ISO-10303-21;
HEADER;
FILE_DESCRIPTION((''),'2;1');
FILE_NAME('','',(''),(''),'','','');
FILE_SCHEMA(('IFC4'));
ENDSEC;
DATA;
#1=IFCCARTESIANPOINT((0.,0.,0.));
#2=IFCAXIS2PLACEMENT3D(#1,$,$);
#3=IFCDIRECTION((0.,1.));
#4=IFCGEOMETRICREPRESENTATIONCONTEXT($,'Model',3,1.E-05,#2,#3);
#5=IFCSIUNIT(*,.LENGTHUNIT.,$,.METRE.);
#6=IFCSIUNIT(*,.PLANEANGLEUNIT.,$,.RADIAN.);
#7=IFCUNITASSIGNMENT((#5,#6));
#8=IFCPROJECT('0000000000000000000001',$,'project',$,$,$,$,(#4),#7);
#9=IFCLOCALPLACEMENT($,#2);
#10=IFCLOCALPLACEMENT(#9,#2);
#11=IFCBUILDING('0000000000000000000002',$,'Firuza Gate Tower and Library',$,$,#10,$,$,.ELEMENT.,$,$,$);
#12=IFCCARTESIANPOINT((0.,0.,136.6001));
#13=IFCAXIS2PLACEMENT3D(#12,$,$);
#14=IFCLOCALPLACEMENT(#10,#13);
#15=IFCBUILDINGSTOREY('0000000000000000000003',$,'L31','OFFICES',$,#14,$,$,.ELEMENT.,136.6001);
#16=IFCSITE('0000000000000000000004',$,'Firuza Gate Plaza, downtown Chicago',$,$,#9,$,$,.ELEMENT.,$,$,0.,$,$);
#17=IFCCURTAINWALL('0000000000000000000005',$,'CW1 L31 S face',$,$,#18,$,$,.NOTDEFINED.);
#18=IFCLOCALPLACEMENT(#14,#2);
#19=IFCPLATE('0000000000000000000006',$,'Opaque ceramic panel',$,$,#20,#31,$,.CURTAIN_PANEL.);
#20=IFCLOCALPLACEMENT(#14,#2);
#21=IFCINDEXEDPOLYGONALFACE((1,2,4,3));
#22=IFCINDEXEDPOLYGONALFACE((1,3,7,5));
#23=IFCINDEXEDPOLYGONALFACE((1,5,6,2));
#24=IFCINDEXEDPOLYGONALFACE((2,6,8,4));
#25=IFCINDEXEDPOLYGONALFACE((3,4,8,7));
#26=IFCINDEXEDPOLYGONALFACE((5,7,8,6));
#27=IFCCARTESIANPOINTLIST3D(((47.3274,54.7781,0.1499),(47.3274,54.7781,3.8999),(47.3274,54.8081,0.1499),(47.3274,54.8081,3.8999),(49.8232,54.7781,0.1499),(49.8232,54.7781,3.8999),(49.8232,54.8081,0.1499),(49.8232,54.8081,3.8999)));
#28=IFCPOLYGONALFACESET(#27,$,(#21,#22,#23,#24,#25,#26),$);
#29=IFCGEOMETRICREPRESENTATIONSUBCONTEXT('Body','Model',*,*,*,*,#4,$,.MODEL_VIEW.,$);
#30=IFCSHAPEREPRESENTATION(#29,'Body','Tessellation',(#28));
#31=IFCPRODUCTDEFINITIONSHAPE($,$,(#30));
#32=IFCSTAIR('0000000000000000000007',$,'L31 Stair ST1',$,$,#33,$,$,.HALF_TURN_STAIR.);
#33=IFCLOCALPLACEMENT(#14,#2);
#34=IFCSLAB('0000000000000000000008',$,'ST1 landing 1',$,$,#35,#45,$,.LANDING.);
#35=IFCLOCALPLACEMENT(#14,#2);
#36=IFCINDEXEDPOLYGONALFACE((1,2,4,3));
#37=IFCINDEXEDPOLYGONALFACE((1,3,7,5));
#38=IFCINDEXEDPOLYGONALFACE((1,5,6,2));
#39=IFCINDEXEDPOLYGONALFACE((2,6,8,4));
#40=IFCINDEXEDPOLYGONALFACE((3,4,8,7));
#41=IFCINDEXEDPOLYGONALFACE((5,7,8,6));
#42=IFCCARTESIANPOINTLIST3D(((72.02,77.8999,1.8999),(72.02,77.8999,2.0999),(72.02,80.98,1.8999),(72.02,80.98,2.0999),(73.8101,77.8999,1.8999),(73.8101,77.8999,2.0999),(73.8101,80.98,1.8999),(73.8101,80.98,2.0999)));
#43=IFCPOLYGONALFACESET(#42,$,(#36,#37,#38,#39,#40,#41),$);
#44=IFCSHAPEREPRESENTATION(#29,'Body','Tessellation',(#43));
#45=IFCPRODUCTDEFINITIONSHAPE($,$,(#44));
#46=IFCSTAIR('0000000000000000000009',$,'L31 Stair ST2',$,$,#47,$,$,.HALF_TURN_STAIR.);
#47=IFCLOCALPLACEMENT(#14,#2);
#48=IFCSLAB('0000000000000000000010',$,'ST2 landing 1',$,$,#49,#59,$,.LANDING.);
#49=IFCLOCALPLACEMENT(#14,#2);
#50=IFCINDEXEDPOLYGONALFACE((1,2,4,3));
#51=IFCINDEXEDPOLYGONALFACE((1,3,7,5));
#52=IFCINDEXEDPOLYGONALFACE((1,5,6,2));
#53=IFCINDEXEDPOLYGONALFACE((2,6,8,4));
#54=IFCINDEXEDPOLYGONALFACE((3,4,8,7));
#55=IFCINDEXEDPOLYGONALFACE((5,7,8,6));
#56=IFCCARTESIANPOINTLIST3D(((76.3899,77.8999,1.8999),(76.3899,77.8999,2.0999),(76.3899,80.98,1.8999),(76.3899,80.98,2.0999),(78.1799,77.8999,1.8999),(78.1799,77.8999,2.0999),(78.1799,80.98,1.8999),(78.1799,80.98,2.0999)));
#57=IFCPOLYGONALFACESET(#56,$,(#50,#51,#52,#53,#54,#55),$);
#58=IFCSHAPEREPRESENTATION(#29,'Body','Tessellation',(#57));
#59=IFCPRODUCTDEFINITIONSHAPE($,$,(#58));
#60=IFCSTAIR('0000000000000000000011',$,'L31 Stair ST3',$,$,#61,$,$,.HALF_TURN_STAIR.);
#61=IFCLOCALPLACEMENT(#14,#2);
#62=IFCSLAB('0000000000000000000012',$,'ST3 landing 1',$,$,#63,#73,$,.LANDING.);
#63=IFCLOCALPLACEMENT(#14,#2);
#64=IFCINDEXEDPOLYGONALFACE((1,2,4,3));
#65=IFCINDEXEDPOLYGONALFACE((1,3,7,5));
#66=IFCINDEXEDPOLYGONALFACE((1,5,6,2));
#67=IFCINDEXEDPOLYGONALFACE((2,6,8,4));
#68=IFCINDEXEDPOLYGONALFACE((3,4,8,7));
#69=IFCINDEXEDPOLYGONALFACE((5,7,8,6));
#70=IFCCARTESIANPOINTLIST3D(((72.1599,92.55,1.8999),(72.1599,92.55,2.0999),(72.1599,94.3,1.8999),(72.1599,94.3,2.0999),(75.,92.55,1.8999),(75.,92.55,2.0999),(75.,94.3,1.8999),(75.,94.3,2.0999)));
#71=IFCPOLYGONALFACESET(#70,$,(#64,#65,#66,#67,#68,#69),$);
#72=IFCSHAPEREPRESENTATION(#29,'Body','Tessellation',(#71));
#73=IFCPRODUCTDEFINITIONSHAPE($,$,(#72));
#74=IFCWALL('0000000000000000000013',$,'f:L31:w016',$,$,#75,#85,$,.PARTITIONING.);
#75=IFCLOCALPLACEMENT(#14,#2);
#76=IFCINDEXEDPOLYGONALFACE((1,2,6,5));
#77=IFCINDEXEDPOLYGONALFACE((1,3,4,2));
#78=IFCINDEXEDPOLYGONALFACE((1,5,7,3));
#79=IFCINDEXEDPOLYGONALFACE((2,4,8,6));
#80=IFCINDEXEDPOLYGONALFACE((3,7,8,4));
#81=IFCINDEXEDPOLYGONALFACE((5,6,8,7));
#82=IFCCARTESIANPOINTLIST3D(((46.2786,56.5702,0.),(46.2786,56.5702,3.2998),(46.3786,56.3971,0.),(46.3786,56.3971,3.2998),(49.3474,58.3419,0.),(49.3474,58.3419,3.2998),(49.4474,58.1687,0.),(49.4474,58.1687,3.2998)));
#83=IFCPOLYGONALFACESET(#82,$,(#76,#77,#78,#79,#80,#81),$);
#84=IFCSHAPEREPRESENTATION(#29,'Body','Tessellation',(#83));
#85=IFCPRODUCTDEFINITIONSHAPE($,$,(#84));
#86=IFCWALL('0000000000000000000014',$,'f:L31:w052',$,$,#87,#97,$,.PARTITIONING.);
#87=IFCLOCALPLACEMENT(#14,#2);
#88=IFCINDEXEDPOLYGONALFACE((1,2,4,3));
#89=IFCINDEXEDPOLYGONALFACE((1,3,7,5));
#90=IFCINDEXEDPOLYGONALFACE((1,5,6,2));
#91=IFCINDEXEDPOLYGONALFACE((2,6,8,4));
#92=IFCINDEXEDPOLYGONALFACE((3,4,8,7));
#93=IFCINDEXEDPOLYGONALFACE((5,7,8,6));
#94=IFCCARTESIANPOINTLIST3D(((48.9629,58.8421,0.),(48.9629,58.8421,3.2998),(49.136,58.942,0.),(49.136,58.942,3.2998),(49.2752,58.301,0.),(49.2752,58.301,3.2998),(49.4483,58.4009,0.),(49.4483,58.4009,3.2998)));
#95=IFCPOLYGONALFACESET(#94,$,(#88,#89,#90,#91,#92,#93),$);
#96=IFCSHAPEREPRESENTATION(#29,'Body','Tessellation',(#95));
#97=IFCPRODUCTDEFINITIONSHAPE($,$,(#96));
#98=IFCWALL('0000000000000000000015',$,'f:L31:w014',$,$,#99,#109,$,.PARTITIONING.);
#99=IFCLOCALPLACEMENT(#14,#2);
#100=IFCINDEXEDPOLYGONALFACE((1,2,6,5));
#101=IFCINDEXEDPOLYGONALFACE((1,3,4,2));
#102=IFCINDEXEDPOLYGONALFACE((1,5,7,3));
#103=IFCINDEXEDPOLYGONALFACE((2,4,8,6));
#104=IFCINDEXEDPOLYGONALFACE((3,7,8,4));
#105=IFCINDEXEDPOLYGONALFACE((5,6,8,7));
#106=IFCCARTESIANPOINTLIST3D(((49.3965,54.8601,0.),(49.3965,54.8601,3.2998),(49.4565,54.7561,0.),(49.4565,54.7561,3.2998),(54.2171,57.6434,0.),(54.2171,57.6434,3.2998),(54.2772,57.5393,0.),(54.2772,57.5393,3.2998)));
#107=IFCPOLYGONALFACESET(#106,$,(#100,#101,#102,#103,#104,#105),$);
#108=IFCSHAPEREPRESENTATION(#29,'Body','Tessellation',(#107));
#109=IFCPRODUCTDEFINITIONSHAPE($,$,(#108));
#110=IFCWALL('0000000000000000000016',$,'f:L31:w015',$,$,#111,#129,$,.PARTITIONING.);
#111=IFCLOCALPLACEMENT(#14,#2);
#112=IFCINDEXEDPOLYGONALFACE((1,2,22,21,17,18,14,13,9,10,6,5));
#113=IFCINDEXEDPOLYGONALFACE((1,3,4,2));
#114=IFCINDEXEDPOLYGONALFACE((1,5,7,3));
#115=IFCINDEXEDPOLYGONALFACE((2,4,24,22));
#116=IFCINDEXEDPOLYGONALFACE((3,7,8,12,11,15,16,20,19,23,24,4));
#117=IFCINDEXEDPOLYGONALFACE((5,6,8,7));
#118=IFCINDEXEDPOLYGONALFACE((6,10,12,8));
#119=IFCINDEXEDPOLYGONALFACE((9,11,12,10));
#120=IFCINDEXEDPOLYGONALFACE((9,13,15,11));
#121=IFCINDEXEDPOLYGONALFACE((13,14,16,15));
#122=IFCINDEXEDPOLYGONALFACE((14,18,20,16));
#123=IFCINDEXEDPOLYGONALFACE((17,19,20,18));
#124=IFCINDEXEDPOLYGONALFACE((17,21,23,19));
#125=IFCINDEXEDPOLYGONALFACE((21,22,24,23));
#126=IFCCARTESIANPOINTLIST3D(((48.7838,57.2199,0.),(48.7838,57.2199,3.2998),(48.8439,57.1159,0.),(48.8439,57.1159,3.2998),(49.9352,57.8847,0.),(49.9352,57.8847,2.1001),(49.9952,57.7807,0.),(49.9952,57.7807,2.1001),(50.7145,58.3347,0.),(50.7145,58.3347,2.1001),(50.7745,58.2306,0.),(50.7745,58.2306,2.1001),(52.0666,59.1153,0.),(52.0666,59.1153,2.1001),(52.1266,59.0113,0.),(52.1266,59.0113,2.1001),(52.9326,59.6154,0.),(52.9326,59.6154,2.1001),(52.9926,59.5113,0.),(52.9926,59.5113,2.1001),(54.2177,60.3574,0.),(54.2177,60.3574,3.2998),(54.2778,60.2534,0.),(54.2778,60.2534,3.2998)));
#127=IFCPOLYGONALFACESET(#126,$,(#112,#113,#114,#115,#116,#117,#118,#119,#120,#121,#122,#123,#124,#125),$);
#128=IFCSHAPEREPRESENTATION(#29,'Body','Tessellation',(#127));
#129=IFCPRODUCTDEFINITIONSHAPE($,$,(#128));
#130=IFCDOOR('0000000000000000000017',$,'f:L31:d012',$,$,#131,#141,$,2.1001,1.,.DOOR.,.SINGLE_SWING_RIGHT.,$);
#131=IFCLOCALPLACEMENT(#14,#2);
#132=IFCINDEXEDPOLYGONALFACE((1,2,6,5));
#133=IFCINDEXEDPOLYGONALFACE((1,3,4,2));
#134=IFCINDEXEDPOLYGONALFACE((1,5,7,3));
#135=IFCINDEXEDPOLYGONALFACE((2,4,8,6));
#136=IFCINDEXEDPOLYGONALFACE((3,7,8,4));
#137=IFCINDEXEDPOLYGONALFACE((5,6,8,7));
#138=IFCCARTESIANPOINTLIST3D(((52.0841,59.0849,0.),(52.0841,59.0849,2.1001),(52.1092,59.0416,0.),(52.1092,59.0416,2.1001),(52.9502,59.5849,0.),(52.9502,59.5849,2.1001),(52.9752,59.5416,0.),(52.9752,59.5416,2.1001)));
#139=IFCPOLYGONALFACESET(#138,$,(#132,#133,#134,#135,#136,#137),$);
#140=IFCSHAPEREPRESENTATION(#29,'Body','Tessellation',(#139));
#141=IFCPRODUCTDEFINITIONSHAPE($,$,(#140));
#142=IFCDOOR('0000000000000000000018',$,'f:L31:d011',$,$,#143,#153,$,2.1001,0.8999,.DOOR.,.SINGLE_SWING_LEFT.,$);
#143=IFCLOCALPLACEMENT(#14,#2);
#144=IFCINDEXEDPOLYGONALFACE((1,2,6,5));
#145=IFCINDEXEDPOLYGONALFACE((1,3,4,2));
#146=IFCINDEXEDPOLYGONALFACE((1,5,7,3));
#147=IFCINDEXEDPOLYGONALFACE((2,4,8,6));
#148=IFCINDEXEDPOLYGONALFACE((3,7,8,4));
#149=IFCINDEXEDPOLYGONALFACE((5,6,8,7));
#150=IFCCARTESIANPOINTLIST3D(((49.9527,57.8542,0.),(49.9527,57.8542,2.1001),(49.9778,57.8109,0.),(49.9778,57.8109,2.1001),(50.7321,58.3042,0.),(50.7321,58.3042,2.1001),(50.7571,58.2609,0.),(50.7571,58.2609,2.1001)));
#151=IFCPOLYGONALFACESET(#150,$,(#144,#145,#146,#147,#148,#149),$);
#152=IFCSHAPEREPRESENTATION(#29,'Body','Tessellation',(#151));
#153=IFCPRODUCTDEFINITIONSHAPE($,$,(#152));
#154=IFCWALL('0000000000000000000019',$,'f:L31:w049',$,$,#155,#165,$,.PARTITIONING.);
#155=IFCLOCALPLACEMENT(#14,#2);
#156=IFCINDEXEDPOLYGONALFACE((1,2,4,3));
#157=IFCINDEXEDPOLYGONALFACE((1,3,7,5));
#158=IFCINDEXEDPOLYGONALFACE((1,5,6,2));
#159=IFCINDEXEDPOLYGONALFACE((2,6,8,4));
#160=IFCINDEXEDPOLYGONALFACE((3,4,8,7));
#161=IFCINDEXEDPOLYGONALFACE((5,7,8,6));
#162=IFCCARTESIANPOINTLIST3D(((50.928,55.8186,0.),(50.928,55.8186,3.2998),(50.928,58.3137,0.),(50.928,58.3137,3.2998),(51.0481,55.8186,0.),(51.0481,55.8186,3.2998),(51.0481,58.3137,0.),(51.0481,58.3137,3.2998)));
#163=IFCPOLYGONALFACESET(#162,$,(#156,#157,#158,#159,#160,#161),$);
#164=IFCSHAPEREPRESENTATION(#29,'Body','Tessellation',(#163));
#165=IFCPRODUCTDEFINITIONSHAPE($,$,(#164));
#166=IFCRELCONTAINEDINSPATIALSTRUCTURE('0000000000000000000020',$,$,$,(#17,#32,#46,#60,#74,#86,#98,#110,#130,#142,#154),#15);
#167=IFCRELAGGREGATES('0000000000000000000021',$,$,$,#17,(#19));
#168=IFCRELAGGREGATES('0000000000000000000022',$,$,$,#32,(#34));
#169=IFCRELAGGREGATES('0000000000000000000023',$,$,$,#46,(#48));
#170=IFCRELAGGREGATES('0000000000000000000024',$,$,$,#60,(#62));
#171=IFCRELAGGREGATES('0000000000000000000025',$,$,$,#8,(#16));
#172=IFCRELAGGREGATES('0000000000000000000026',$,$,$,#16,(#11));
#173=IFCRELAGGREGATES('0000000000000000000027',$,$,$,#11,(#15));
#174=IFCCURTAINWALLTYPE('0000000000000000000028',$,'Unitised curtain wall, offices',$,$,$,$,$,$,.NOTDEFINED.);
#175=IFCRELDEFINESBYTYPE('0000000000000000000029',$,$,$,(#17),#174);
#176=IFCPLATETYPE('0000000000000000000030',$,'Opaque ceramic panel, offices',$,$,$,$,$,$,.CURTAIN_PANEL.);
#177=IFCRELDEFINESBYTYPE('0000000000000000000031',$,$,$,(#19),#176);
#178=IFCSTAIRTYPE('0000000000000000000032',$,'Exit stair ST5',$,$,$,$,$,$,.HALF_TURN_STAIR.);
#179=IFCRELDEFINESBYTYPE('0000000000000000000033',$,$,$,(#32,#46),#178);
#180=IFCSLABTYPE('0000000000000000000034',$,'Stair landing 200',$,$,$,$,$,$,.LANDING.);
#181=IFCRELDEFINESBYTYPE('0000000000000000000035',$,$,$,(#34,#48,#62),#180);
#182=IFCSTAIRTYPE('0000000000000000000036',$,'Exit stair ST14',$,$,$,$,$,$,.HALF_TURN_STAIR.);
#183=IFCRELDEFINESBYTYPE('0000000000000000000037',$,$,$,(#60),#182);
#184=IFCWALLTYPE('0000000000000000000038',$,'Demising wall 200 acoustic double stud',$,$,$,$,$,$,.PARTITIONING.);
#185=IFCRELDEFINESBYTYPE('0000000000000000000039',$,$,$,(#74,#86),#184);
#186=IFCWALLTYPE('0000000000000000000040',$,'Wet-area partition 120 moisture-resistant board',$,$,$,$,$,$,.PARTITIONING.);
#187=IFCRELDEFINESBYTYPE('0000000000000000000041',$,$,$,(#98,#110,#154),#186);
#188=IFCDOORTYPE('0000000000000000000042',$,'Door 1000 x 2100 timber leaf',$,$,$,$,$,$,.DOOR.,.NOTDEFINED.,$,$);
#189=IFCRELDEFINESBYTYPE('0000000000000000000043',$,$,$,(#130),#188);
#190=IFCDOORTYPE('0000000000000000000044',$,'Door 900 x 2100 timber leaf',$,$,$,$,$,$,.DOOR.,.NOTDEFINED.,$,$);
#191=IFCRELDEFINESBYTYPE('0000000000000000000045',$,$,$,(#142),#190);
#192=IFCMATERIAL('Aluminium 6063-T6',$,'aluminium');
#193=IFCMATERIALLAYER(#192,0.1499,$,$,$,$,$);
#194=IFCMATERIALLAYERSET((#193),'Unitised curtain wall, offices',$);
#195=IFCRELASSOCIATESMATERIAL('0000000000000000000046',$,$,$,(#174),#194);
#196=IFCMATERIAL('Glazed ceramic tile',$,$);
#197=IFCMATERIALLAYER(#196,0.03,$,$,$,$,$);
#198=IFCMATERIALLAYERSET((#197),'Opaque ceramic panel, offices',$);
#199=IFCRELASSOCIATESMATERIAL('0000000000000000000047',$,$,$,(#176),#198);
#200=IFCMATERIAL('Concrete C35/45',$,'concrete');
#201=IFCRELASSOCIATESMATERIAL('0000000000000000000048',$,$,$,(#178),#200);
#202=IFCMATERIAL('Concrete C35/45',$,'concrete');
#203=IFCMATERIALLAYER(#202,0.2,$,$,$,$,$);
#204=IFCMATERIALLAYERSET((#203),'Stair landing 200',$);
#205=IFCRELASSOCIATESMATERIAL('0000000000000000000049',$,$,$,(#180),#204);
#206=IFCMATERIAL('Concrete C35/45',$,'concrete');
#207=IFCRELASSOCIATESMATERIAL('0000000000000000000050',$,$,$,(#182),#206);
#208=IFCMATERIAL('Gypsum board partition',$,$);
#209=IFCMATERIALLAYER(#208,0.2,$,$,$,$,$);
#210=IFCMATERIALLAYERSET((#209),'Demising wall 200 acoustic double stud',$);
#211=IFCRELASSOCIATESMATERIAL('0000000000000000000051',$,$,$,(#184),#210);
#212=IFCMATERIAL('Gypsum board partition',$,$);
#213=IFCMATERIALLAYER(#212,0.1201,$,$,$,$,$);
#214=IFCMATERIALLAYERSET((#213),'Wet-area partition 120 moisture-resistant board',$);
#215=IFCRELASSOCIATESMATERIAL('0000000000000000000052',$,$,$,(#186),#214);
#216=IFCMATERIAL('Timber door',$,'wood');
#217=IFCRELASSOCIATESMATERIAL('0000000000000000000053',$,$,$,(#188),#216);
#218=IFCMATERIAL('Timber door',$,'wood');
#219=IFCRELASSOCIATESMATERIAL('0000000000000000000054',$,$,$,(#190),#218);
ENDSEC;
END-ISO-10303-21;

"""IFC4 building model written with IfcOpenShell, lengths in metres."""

from ifc_helpers import new_model, si_unit, direction, frame, frame_2d, origin, place, context, subcontext, project, spatial, polyline, rectangle, outline, extrude, material, layer, layer_set, type_object, element, fill, aggregate, save


model = new_model("IFC4")

# Units and contexts
model_context = context("Model", 3, precision=1e-05, world=origin(), true_north=direction((0.0, 1.0)))
body_context = subcontext(model_context, "Body", "Model", "MODEL_VIEW")
ifc_project = project(units=[si_unit("LENGTHUNIT", "METRE"), si_unit("PLANEANGLEUNIT", "RADIAN")], contexts=[model_context])

# Site, building, storey
site_placement = place(None, origin())
site = spatial("IfcSite", under=ifc_project, at=site_placement, Name="Firuza Gate Plaza, downtown Chicago", CompositionType="ELEMENT", RefElevation=0.0)
building_placement = place(site_placement, origin())
building = spatial("IfcBuilding", under=site, at=building_placement, Name="Firuza Gate Tower and Library", CompositionType="ELEMENT")
storey_placement = place(building_placement, frame((0.0, 0.0, 136.6001)))
storey = spatial("IfcBuildingStorey", under=building, at=storey_placement, Name="L31", Description="OFFICES", CompositionType="ELEMENT", Elevation=136.6001)

# Curtain wall
ifc_material_1 = material(Name="Aluminium 6063-T6", Category="aluminium")
ifc_layer_1 = layer(ifc_material_1, 0.1499)
ifc_layer_set_1 = layer_set([ifc_layer_1], Name="Unitised curtain wall, offices")
curtain_wall_type_1 = type_object("IfcCurtainWallType", Name="Unitised curtain wall, offices", PredefinedType="NOTDEFINED", material=ifc_layer_set_1)
placement_1 = place(storey_placement, origin())
curtain_wall_1 = element("IfcCurtainWall", 1, at=placement_1, inside=storey, type_object=curtain_wall_type_1, Name="CW1 L31 S face", PredefinedType="NOTDEFINED")

# Plate
ifc_material_2 = material(Name="Glazed ceramic tile")
ifc_layer_2 = layer(ifc_material_2, 0.03)
ifc_layer_set_2 = layer_set([ifc_layer_2], Name="Opaque ceramic panel, offices")
plate_type_1 = type_object("IfcPlateType", Name="Opaque ceramic panel, offices", PredefinedType="CURTAIN_PANEL", material=ifc_layer_set_2)
plate_1_placement = place(storey_placement, frame((47.3274, 54.7781, 0.1499), z_axis=(0.0, -1.0, 0.0), x_axis=(1.0, 0.0, 0.0)))
plate_1 = element("IfcPlate", 2, at=plate_1_placement, type_object=plate_type_1, Name="Opaque ceramic panel", PredefinedType="CURTAIN_PANEL", context=body_context, shape_type="SweptSolid", body=[
    extrude(outline(polyline([(0.0, 0.0), (2.4958, 0.0), (2.4958, 3.75), (0.0, 3.75), (0.0, 0.0)])), origin(), (0.0, 0.0, -1.0), 0.03),
])
aggregate(curtain_wall_1, [plate_1])

# Stairs, slabs
ifc_material_3 = material(Name="Concrete C35/45", Category="concrete")
stair_type_1 = type_object("IfcStairType", Name="Exit stair ST5", PredefinedType="HALF_TURN_STAIR", material=ifc_material_3)
stair_1 = element("IfcStair", 3, at=placement_1, inside=storey, type_object=stair_type_1, Name="L31 Stair ST1", PredefinedType="HALF_TURN_STAIR")
ifc_material_4 = material(Name="Concrete C35/45", Category="concrete")
ifc_layer_3 = layer(ifc_material_4, 0.2)
ifc_layer_set_3 = layer_set([ifc_layer_3], Name="Stair landing 200")
slab_type_1 = type_object("IfcSlabType", Name="Stair landing 200", PredefinedType="LANDING", material=ifc_layer_set_3)
placement_2 = place(storey_placement, frame((0.0, 0.0, 1.8999)))
slab_1 = element("IfcSlab", 4, at=placement_2, type_object=slab_type_1, Name="ST1 landing 1", PredefinedType="LANDING", context=body_context, shape_type="SweptSolid", body=[
    extrude(outline(polyline([(72.02, 77.8999), (73.8101, 77.8999), (73.8101, 80.98), (72.02, 80.98), (72.02, 77.8999)])), origin(), (0.0, 0.0, 1.0), 0.2),
])
aggregate(stair_1, [slab_1])
stair_2 = element("IfcStair", 5, at=placement_1, inside=storey, type_object=stair_type_1, Name="L31 Stair ST2", PredefinedType="HALF_TURN_STAIR")
slab_2 = element("IfcSlab", 6, at=placement_2, type_object=slab_type_1, Name="ST2 landing 1", PredefinedType="LANDING", context=body_context, shape_type="SweptSolid", body=[
    extrude(outline(polyline([(78.1799, 80.98), (76.3899, 80.98), (76.3899, 77.8999), (78.1799, 77.8999), (78.1799, 80.98)])), origin(), (0.0, 0.0, 1.0), 0.2),
])
aggregate(stair_2, [slab_2])
ifc_material_5 = material(Name="Concrete C35/45", Category="concrete")
stair_type_2 = type_object("IfcStairType", Name="Exit stair ST14", PredefinedType="HALF_TURN_STAIR", material=ifc_material_5)
stair_3 = element("IfcStair", 7, at=placement_1, inside=storey, type_object=stair_type_2, Name="L31 Stair ST3", PredefinedType="HALF_TURN_STAIR")
slab_3 = element("IfcSlab", 8, at=placement_2, type_object=slab_type_1, Name="ST3 landing 1", PredefinedType="LANDING", context=body_context, shape_type="SweptSolid", body=[
    extrude(outline(polyline([(75.0, 92.55), (75.0, 94.3), (72.1599, 94.3), (72.1599, 92.55), (75.0, 92.55)])), origin(), (0.0, 0.0, 1.0), 0.2),
])
aggregate(stair_3, [slab_3])

# Walls
ifc_material_6 = material(Name="Gypsum board partition")
ifc_layer_4 = layer(ifc_material_6, 0.2)
ifc_layer_set_4 = layer_set([ifc_layer_4], Name="Demising wall 200 acoustic double stud")
wall_type_1 = type_object("IfcWallType", Name="Demising wall 200 acoustic double stud", PredefinedType="PARTITIONING", material=ifc_layer_set_4)
wall_1_placement = place(storey_placement, frame((46.3286, 56.4836, 0.0), z_axis=(0.0, 0.0, 1.0), x_axis=(0.866034, 0.499985, 0.0)))
element("IfcWall", 9, at=wall_1_placement, inside=storey, type_object=wall_type_1, Name="f:L31:w016", PredefinedType="PARTITIONING", context=body_context, shape_type="SweptSolid", body=[
    extrude(rectangle(XDim=3.5435, YDim=0.2, at=frame_2d((1.7717, 0.0))), origin(), (0.0, 0.0, 1.0), 3.2998),
])
wall_2_placement = place(storey_placement, frame((49.3618, 58.3508, 0.0), z_axis=(0.0, 0.0, 1.0), x_axis=(-0.49988, 0.866094, 0.0)))
element("IfcWall", 10, at=wall_2_placement, inside=storey, type_object=wall_type_1, Name="f:L31:w052", PredefinedType="PARTITIONING", context=body_context, shape_type="SweptSolid", body=[
    extrude(rectangle(XDim=0.6248, YDim=0.2, at=frame_2d((0.3125, 0.0))), origin(), (0.0, 0.0, 1.0), 3.2998),
])
ifc_material_7 = material(Name="Gypsum board partition")
ifc_layer_5 = layer(ifc_material_7, 0.1201)
ifc_layer_set_5 = layer_set([ifc_layer_5], Name="Wet-area partition 120 moisture-resistant board")
wall_type_2 = type_object("IfcWallType", Name="Wet-area partition 120 moisture-resistant board", PredefinedType="PARTITIONING", material=ifc_layer_set_5)
wall_3_placement = place(storey_placement, frame((49.4265, 54.8081, 0.0), z_axis=(0.0, 0.0, 1.0), x_axis=(0.866021, 0.500007, 0.0)))
element("IfcWall", 11, at=wall_3_placement, inside=storey, type_object=wall_type_2, Name="f:L31:w014", PredefinedType="PARTITIONING", context=body_context, shape_type="SweptSolid", body=[
    extrude(rectangle(XDim=5.5664, YDim=0.1201, at=frame_2d((2.7832, 0.0))), origin(), (0.0, 0.0, 1.0), 3.2998),
])

# Wall, openings, doors
wall_4_placement = place(storey_placement, frame((48.814, 57.168, 0.0), z_axis=(0.0, 0.0, 1.0), x_axis=(0.86601, 0.500027, 0.0)))
wall_4 = element("IfcWall", 12, at=wall_4_placement, inside=storey, type_object=wall_type_2, Name="f:L31:w015", PredefinedType="PARTITIONING", context=body_context, shape_type="SweptSolid", body=[
    extrude(rectangle(XDim=6.2747, YDim=0.1201, at=frame_2d((3.1372, 0.0))), origin(), (0.0, 0.0, 1.0), 3.2998),
])
opening_1_placement = place(wall_4_placement, frame((1.3293, 0.0, 0.0)))
opening_1 = element("IfcOpeningElement", 13, at=opening_1_placement, cuts=wall_4, PredefinedType="OPENING", context=body_context, shape_type="SweptSolid", body=[
    extrude(rectangle(XDim=0.8999, YDim=2.1001, at=frame_2d((0.45, 1.05))), frame((0.0, 0.0701, 0.0), z_axis=(0.0, -1.0, 0.0), x_axis=(1.0, 0.0, 0.0)), (0.0, 0.0, 1.0), 0.1401),
])
opening_2_placement = place(wall_4_placement, frame((3.7905, 0.0, 0.0)))
opening_2 = element("IfcOpeningElement", 14, at=opening_2_placement, cuts=wall_4, PredefinedType="OPENING", context=body_context, shape_type="SweptSolid", body=[
    extrude(rectangle(XDim=1.0, YDim=2.1001, at=frame_2d((0.5, 1.05))), frame((0.0, 0.0701, 0.0), z_axis=(0.0, -1.0, 0.0), x_axis=(1.0, 0.0, 0.0)), (0.0, 0.0, 1.0), 0.1401),
])
ifc_material_8 = material(Name="Timber door", Category="wood")
door_type_1 = type_object("IfcDoorType", Name="Door 1000 x 2100 timber leaf", OperationType="NOTDEFINED", PredefinedType="DOOR", material=ifc_material_8)
door_1_placement = place(opening_2_placement, origin())
door_1 = element("IfcDoor", 15, at=door_1_placement, inside=storey, type_object=door_type_1, Name="f:L31:d012", OperationType="SINGLE_SWING_RIGHT", OverallHeight=2.1001, OverallWidth=1.0, PredefinedType="DOOR", context=body_context, shape_type="SweptSolid", body=[
    extrude(rectangle(XDim=1.0, YDim=2.1001, at=frame_2d((0.5, 1.05))), frame((0.0, 0.0249, 0.0), z_axis=(0.0, -1.0, 0.0), x_axis=(1.0, 0.0, 0.0)), (0.0, 0.0, 1.0), 0.05),
])
fill(opening_2, door_1)
ifc_material_9 = material(Name="Timber door", Category="wood")
door_type_2 = type_object("IfcDoorType", Name="Door 900 x 2100 timber leaf", OperationType="NOTDEFINED", PredefinedType="DOOR", material=ifc_material_9)
door_2_placement = place(opening_1_placement, origin())
door_2 = element("IfcDoor", 16, at=door_2_placement, inside=storey, type_object=door_type_2, Name="f:L31:d011", OperationType="SINGLE_SWING_LEFT", OverallHeight=2.1001, OverallWidth=0.8999, PredefinedType="DOOR", context=body_context, shape_type="SweptSolid", body=[
    extrude(rectangle(XDim=0.8999, YDim=2.1001, at=frame_2d((0.45, 1.05))), frame((0.0, 0.0249, 0.0), z_axis=(0.0, -1.0, 0.0), x_axis=(1.0, 0.0, 0.0)), (0.0, 0.0, 1.0), 0.05),
])
fill(opening_1, door_2)

# Wall
wall_5_placement = place(storey_placement, frame((50.988, 55.8186, 0.0), z_axis=(0.0, 0.0, 1.0), x_axis=(0.0, 1.0, 0.0)))
element("IfcWall", 17, at=wall_5_placement, inside=storey, type_object=wall_type_2, Name="f:L31:w049", PredefinedType="PARTITIONING", context=body_context, shape_type="SweptSolid", body=[
    extrude(rectangle(XDim=2.4951, YDim=0.1201, at=frame_2d((1.2476, 0.0))), origin(), (0.0, 0.0, 1.0), 3.2998),
])

save(model, "model.ifc")
